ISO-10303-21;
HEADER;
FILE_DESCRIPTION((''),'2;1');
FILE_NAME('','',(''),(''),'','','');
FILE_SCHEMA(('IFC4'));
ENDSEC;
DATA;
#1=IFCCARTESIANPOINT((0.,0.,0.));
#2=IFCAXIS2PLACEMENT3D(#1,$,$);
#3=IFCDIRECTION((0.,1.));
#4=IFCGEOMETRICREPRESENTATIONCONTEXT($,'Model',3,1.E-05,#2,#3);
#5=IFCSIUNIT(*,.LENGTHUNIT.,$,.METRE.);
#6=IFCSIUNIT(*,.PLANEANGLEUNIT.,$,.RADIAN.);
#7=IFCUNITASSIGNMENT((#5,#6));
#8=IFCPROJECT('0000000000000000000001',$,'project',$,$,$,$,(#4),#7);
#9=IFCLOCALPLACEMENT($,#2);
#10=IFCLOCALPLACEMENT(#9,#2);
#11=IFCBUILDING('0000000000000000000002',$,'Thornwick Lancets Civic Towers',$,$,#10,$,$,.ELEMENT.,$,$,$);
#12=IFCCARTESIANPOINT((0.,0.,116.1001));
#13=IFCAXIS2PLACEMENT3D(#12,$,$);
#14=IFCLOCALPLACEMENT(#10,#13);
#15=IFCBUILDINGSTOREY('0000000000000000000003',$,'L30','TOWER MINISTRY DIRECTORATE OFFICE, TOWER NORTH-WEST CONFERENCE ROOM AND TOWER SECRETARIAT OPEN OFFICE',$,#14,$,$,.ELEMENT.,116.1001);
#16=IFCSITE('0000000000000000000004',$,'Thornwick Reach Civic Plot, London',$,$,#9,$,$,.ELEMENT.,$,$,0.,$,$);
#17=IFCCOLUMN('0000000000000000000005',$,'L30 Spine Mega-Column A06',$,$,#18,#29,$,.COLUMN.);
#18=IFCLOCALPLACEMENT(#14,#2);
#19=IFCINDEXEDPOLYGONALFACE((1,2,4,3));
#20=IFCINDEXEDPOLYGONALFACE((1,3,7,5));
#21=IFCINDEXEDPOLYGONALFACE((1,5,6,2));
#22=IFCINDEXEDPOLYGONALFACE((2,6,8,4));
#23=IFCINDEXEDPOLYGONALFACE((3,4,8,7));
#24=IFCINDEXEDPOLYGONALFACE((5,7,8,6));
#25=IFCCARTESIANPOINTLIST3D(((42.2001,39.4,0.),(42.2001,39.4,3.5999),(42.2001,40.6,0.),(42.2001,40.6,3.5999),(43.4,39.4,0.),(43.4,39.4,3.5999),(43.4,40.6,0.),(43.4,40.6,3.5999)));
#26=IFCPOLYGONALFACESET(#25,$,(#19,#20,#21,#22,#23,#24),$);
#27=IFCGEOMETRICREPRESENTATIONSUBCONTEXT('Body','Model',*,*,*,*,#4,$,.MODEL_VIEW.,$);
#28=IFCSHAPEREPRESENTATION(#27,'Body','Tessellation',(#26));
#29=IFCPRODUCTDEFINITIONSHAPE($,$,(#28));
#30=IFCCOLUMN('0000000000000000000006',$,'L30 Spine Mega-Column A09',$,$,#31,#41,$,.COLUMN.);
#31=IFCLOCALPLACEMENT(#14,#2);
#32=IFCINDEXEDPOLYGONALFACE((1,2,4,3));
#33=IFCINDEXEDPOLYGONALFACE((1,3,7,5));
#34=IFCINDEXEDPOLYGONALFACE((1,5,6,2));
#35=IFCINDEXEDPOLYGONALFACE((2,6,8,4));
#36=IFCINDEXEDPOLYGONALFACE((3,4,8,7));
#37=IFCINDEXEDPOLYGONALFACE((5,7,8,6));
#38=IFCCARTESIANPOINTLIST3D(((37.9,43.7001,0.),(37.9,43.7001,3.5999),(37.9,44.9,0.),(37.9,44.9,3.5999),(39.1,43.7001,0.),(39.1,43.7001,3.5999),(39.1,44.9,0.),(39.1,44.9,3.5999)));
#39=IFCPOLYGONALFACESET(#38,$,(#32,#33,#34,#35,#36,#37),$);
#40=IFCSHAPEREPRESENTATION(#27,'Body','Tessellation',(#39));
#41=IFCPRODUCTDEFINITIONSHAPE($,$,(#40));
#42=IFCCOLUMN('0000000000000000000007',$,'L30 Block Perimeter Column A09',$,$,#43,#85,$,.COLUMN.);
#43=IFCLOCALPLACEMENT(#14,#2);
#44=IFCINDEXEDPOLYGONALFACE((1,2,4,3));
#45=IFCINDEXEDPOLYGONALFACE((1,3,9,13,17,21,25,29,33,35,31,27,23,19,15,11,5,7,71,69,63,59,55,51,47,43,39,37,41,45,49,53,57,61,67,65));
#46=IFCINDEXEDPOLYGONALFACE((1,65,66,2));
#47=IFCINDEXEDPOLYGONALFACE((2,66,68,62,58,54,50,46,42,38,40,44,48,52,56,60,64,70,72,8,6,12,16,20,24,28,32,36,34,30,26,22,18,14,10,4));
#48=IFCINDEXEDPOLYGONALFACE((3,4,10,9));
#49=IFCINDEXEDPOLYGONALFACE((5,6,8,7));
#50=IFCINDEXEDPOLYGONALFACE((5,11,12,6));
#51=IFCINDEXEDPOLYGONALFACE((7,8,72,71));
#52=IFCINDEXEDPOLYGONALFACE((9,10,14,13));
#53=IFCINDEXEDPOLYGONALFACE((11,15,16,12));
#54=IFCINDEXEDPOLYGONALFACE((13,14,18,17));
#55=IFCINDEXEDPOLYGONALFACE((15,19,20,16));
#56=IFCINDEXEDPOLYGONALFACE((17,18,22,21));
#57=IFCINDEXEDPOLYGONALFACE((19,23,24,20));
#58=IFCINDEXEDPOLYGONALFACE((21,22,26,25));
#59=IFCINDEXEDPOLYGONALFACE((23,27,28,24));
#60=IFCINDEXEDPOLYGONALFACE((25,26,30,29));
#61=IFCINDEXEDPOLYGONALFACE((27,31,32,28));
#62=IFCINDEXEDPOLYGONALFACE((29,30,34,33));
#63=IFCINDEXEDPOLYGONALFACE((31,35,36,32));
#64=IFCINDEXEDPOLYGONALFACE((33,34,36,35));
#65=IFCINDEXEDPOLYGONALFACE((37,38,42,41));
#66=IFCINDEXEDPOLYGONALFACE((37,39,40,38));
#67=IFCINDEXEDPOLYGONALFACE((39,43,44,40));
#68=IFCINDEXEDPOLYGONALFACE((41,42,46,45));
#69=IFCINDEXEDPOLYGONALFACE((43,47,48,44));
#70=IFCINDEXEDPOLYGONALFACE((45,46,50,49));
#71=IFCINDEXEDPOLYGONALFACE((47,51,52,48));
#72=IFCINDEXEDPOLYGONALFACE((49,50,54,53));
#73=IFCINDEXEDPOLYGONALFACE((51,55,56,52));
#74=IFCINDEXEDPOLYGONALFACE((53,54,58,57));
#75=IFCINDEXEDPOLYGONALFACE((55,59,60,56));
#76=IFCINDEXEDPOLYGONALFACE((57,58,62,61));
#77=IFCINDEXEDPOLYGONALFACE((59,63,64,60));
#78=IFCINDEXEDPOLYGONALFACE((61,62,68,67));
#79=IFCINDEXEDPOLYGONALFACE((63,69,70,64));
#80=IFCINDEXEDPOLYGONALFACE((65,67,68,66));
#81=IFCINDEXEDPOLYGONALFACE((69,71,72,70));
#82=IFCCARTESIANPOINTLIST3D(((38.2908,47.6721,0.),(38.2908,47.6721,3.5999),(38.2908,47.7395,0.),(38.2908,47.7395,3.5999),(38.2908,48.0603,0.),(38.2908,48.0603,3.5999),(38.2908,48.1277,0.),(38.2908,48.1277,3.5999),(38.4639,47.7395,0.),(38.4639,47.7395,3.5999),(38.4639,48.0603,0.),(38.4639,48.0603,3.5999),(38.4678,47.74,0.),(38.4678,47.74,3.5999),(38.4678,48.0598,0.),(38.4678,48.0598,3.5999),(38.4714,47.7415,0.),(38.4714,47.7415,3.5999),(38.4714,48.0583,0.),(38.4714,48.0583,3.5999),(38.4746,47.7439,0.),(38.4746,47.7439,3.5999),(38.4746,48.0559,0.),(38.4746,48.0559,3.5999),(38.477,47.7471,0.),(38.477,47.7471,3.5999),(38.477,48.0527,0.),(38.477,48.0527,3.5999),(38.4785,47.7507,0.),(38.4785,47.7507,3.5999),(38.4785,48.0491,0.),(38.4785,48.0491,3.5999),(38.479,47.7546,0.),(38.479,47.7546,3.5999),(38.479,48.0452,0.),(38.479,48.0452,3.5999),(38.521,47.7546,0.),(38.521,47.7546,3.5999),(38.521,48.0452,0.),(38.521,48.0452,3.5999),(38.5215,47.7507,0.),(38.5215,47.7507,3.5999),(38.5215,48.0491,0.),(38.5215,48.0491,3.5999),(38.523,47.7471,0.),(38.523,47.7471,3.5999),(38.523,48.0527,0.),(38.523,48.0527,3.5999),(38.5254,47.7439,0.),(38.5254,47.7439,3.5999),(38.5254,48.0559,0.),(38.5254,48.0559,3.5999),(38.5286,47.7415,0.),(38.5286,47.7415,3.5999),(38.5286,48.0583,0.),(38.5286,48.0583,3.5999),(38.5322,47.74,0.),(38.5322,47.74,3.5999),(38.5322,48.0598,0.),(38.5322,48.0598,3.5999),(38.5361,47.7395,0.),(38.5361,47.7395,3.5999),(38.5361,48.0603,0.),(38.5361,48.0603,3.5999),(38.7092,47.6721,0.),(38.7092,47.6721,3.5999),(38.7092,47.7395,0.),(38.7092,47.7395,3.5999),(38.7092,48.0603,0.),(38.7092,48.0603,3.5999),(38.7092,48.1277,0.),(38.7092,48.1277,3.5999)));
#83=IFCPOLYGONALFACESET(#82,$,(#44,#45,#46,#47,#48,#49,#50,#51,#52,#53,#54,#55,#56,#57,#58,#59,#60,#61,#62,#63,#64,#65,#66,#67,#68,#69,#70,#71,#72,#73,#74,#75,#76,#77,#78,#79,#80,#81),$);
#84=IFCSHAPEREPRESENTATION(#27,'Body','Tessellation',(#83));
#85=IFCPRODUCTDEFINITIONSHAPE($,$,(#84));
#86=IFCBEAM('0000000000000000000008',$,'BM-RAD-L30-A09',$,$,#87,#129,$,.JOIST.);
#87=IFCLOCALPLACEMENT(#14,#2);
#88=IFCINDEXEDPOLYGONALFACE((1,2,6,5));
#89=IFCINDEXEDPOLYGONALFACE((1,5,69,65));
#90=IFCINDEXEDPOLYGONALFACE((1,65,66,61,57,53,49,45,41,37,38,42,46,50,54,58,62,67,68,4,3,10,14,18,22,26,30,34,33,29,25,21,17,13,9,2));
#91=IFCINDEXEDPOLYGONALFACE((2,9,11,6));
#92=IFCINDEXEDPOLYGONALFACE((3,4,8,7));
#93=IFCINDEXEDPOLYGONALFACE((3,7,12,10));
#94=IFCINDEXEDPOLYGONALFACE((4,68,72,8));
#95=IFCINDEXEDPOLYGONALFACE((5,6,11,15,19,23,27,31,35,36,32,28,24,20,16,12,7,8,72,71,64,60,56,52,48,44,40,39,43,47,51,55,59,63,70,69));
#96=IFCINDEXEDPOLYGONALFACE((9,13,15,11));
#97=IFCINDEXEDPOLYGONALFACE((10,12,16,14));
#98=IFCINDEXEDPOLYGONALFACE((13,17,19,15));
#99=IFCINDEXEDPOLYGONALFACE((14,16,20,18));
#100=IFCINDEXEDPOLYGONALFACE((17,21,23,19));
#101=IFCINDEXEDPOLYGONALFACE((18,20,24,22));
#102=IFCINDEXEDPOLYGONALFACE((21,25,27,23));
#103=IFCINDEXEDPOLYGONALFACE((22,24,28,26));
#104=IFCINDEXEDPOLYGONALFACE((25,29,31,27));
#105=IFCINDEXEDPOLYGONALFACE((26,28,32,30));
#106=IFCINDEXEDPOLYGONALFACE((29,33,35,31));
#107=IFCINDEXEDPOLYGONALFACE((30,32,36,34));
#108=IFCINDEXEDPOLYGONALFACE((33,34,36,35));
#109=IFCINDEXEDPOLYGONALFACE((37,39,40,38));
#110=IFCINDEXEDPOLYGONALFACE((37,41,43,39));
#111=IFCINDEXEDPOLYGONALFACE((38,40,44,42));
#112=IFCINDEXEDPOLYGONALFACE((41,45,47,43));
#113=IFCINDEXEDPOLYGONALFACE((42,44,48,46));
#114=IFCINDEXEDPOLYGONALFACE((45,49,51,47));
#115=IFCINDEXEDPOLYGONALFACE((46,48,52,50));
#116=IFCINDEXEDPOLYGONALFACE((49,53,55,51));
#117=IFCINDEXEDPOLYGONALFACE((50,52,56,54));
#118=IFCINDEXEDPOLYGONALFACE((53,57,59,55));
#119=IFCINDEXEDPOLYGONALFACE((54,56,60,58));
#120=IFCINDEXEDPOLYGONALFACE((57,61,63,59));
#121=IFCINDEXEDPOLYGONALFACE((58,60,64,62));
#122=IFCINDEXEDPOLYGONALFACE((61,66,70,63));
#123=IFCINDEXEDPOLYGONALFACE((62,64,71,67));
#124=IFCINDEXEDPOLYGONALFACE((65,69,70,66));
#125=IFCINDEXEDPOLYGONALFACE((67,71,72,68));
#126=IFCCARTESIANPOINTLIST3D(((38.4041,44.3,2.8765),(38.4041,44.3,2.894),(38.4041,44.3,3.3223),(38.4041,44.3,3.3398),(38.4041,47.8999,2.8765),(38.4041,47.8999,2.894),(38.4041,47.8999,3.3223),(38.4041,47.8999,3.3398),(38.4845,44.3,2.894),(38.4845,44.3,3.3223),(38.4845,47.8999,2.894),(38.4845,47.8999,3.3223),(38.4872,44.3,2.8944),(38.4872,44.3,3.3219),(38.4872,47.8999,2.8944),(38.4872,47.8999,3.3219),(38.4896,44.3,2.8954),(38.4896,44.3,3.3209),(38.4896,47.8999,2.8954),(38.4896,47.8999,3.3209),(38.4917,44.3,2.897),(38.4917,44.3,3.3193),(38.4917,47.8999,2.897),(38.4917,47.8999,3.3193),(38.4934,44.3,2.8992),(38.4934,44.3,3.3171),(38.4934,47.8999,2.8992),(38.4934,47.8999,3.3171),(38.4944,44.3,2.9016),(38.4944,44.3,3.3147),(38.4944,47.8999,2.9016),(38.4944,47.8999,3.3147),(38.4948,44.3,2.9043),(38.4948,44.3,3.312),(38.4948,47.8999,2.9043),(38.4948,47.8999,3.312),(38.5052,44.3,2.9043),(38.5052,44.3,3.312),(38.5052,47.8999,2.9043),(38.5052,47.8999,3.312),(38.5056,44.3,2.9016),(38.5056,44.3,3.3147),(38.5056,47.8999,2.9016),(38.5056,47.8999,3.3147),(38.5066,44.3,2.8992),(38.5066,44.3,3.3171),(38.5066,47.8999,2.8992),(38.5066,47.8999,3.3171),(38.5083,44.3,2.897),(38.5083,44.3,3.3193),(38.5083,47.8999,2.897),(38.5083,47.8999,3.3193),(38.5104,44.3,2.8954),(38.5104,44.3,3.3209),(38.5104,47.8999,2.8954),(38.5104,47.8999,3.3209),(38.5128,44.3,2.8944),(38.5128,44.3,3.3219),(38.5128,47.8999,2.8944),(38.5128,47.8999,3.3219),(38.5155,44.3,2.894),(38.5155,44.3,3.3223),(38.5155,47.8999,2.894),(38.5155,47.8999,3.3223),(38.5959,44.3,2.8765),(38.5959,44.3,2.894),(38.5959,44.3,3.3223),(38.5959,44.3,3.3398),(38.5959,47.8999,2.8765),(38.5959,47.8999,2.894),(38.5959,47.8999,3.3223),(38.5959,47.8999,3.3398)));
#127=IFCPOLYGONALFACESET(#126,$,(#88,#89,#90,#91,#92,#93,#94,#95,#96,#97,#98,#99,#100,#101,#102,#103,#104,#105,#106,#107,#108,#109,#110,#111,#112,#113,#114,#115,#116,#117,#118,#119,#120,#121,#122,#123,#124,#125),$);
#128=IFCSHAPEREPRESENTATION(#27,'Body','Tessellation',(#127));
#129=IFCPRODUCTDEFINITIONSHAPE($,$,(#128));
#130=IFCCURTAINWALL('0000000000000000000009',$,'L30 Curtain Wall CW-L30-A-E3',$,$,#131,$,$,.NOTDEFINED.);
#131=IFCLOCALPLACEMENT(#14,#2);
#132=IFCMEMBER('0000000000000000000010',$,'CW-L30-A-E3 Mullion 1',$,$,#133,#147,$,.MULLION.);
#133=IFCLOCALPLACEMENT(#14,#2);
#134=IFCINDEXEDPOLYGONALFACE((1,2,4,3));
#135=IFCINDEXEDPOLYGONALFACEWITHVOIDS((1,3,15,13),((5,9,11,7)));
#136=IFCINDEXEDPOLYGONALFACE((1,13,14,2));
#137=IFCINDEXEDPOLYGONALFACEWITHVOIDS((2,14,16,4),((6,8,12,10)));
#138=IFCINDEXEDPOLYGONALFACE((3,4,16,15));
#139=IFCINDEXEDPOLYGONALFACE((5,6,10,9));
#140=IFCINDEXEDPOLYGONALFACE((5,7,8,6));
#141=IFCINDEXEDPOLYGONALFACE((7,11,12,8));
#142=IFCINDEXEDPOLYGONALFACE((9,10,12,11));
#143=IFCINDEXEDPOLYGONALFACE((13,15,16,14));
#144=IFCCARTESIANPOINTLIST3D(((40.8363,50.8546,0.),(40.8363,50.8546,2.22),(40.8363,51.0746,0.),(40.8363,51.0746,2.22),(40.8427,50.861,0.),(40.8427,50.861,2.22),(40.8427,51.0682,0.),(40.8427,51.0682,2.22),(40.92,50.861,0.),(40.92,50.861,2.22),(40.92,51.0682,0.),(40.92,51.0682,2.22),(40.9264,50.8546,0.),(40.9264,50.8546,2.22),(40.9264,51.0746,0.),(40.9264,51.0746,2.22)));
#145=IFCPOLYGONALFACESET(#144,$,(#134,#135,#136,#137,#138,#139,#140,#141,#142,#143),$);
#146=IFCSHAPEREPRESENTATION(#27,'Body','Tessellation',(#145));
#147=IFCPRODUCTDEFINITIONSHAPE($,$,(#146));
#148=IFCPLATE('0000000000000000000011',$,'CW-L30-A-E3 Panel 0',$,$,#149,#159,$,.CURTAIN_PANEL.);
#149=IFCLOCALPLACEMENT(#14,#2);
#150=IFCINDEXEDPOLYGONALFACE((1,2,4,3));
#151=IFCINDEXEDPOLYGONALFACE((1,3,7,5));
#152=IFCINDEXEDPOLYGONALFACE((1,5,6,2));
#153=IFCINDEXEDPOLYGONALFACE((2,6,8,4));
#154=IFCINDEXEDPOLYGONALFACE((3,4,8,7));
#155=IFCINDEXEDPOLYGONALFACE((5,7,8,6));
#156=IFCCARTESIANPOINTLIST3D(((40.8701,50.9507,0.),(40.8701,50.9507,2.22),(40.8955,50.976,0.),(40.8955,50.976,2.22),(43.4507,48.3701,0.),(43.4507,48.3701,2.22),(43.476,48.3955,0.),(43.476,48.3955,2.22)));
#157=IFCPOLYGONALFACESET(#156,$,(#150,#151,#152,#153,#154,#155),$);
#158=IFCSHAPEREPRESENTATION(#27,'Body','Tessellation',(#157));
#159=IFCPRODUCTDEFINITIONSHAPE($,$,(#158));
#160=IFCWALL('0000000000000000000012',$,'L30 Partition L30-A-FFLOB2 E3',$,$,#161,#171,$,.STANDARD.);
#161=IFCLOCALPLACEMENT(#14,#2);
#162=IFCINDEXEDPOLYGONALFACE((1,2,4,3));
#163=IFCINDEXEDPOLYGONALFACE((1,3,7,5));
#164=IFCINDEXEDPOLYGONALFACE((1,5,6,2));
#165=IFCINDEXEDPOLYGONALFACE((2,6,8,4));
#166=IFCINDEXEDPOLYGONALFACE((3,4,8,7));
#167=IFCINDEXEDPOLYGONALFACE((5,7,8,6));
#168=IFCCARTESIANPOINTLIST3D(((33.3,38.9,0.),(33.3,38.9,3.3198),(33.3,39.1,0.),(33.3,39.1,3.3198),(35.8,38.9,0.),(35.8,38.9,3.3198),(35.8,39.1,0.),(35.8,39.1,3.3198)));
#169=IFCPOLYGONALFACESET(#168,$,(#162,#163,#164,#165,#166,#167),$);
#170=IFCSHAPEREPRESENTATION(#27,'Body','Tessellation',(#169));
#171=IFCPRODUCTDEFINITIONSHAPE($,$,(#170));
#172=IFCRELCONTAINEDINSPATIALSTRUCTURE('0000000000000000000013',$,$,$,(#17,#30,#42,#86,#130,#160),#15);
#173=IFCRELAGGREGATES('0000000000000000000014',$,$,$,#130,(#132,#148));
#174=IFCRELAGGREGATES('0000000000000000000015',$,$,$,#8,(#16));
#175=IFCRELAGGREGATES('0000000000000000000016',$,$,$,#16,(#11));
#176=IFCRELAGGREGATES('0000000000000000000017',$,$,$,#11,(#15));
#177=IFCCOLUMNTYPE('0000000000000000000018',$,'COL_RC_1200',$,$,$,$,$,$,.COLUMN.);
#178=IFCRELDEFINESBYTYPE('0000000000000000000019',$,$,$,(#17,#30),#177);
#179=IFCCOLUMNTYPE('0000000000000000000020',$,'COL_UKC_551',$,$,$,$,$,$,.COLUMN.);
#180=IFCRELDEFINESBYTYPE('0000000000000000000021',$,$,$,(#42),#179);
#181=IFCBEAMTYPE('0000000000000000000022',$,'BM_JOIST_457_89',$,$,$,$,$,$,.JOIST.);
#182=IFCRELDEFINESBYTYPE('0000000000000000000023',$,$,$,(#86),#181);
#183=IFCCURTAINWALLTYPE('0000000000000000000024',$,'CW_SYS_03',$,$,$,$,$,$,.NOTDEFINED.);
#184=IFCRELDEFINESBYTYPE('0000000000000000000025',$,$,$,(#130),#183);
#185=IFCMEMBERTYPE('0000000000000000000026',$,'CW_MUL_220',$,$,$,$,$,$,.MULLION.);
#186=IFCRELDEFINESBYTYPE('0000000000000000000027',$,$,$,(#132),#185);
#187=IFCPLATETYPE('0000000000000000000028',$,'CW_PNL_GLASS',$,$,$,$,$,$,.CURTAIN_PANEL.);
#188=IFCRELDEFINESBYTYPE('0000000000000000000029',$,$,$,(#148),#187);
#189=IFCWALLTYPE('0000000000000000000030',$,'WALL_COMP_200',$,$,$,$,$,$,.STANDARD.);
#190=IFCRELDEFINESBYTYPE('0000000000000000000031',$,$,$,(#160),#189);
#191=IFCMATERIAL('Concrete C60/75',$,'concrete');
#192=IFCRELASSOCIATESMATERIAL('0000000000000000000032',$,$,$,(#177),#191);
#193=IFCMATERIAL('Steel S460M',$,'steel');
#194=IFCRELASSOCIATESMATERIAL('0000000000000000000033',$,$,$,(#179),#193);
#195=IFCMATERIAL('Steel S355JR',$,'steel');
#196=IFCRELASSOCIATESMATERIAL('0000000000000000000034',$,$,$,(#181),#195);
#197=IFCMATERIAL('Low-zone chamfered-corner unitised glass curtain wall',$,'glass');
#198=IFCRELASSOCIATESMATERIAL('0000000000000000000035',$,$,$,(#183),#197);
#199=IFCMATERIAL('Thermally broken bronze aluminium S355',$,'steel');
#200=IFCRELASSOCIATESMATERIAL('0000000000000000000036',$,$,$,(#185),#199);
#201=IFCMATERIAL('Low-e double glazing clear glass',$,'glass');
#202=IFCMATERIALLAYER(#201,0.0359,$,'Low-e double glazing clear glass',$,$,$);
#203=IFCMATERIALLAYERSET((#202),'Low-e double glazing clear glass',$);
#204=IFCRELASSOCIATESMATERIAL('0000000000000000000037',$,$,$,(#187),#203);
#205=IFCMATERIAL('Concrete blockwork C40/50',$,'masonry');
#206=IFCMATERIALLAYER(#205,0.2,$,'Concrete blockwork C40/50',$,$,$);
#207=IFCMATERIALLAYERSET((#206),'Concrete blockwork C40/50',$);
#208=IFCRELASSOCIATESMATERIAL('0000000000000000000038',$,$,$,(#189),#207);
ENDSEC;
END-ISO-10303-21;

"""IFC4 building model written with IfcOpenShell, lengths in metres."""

from ifc_helpers import new_model, si_unit, direction, frame, frame_2d, origin, origin_2d, place, context, subcontext, project, spatial, rectangle, hollow_rectangle, i_section, extrude, material, layer, layer_set, material_profile, profile_set, type_object, element, aggregate, save


model = new_model("IFC4")

# Units and contexts
model_context = context("Model", 3, precision=1e-05, world=origin(), true_north=direction((0.0, 1.0)))
body_context = subcontext(model_context, "Body", "Model", "MODEL_VIEW")
ifc_project = project(units=[si_unit("LENGTHUNIT", "METRE"), si_unit("PLANEANGLEUNIT", "RADIAN")], contexts=[model_context])

# Site, building, storey
site_placement = place(None, origin())
site = spatial("IfcSite", under=ifc_project, at=site_placement, Name="Thornwick Reach Civic Plot, London", CompositionType="ELEMENT", RefElevation=0.0)
building_placement = place(site_placement, origin())
building = spatial("IfcBuilding", under=site, at=building_placement, Name="Thornwick Lancets Civic Towers", CompositionType="ELEMENT")
storey_placement = place(building_placement, frame((0.0, 0.0, 116.1001)))
storey = spatial("IfcBuildingStorey", under=building, at=storey_placement, Name="L30", Description="TOWER MINISTRY DIRECTORATE OFFICE, TOWER NORTH-WEST CONFERENCE ROOM AND TOWER SECRETARIAT OPEN OFFICE", CompositionType="ELEMENT", Elevation=116.1001)

# Columns
ifc_material_1 = material(Name="Concrete C60/75", Category="concrete")
ifc_material_profile_1 = material_profile(ifc_material_1, rectangle(XDim=1.2, YDim=1.2, at=origin_2d()), Name="RC 1200x1200")
ifc_profile_set_1 = profile_set([ifc_material_profile_1], Name="Concrete C60/75")
column_type_1 = type_object("IfcColumnType", Name="COL_RC_1200", PredefinedType="COLUMN", material=ifc_profile_set_1)
for number, where, z_axis, x_axis, name in (
    (1, (42.8, 40.0, 0.0), (0.0, 0.0, 1.0), (1.0, 0.0, 0.0), "L30 Spine Mega-Column A06"),
    (2, (38.5, 44.3, 0.0), (0.0, 0.0, 1.0), (1.0, 0.0, 0.0), "L30 Spine Mega-Column A09"),
):
    element("IfcColumn", number, at=place(storey_placement, frame(where, z_axis=z_axis, x_axis=x_axis)), inside=storey, type_object=column_type_1, Name=name, PredefinedType="COLUMN", context=body_context, shape_type="SweptSolid", body=[
        extrude(rectangle(XDim=1.2, YDim=1.2, at=origin_2d()), origin(), (0.0, 0.0, 1.0), 3.5999),
    ])
ifc_material_2 = material(Name="Steel S460M", Category="steel")
ifc_material_profile_2 = material_profile(ifc_material_2, i_section(OverallWidth=0.4185, OverallDepth=0.4556, WebThickness=0.042, FlangeThickness=0.0674, FilletRadius=0.0151, at=origin_2d()), Name="UKC 356x406x551")
ifc_profile_set_2 = profile_set([ifc_material_profile_2], Name="Steel S460M")
column_type_2 = type_object("IfcColumnType", Name="COL_UKC_551", PredefinedType="COLUMN", material=ifc_profile_set_2)
column_placement = place(storey_placement, frame((38.5, 47.8999, 0.0), z_axis=(0.0, 0.0, 1.0), x_axis=(1.0, 0.0, 0.0)))
element("IfcColumn", 3, at=column_placement, inside=storey, type_object=column_type_2, Name="L30 Block Perimeter Column A09", PredefinedType="COLUMN", context=body_context, shape_type="SweptSolid", body=[
    extrude(i_section(OverallWidth=0.4185, OverallDepth=0.4556, WebThickness=0.042, FlangeThickness=0.0674, FilletRadius=0.0151, at=origin_2d()), origin(), (0.0, 0.0, 1.0), 3.5999),
])

# Beam
ifc_material_3 = material(Name="Steel S355JR", Category="steel")
ifc_material_profile_3 = material_profile(ifc_material_3, i_section(OverallWidth=0.1919, OverallDepth=0.4634, WebThickness=0.0105, FlangeThickness=0.0176, FilletRadius=0.0103, at=origin_2d()), Name="UKB 457x191x89")
ifc_profile_set_3 = profile_set([ifc_material_profile_3], Name="Steel S355JR")
beam_type = type_object("IfcBeamType", Name="BM_JOIST_457_89", PredefinedType="JOIST", material=ifc_profile_set_3)
beam_placement = place(storey_placement, frame((38.5, 44.3, 3.1082), z_axis=(0.0, 1.0, 0.0), x_axis=(-1.0, 0.0, 0.0)))
element("IfcBeam", 4, at=beam_placement, inside=storey, type_object=beam_type, Name="BM-RAD-L30-A09", PredefinedType="JOIST", context=body_context, shape_type="SweptSolid", body=[
    extrude(i_section(OverallWidth=0.1919, OverallDepth=0.4634, WebThickness=0.0105, FlangeThickness=0.0176, FilletRadius=0.0103, at=origin_2d()), origin(), (0.0, 0.0, 1.0), 3.5999),
])

# Curtain wall, member, plate
ifc_material_4 = material(Name="Low-zone chamfered-corner unitised glass curtain wall", Category="glass")
curtain_wall_type = type_object("IfcCurtainWallType", Name="CW_SYS_03", PredefinedType="NOTDEFINED", material=ifc_material_4)
curtain_wall_placement = place(storey_placement, origin())
curtain_wall = element("IfcCurtainWall", 5, at=curtain_wall_placement, inside=storey, type_object=curtain_wall_type, Name="L30 Curtain Wall CW-L30-A-E3", PredefinedType="NOTDEFINED")
ifc_material_5 = material(Name="Thermally broken bronze aluminium S355", Category="steel")
ifc_material_profile_4 = material_profile(ifc_material_5, hollow_rectangle(XDim=0.0901, YDim=0.22, WallThickness=0.0063, at=origin_2d()), Name="RHS 220x90x6.3")
ifc_profile_set_4 = profile_set([ifc_material_profile_4], Name="Thermally broken bronze aluminium S355")
member_type = type_object("IfcMemberType", Name="CW_MUL_220", PredefinedType="MULLION", material=ifc_profile_set_4)
member_placement = place(storey_placement, frame((40.8813, 50.9646, 0.0), z_axis=(0.0, 0.0, 1.0), x_axis=(1.0, 0.0, 0.0)))
member = element("IfcMember", 6, at=member_placement, type_object=member_type, Name="CW-L30-A-E3 Mullion 1", PredefinedType="MULLION", context=body_context, shape_type="SweptSolid", body=[
    extrude(hollow_rectangle(XDim=0.0901, YDim=0.22, WallThickness=0.0063, at=origin_2d()), origin(), (0.0, 0.0, 1.0), 2.22),
])
ifc_material_6 = material(Name="Low-e double glazing clear glass", Category="glass")
ifc_layer_1 = layer(ifc_material_6, 0.0359, Name="Low-e double glazing clear glass")
ifc_layer_set_1 = layer_set([ifc_layer_1], Name="Low-e double glazing clear glass")
plate_type = type_object("IfcPlateType", Name="CW_PNL_GLASS", PredefinedType="CURTAIN_PANEL", material=ifc_layer_set_1)
plate_placement = place(storey_placement, frame((42.1731, 49.6731, 0.0), z_axis=(0.0, 0.0, 1.0), x_axis=(-0.707107, 0.707107, 0.0)))
plate = element("IfcPlate", 7, at=plate_placement, type_object=plate_type, Name="CW-L30-A-E3 Panel 0", PredefinedType="CURTAIN_PANEL", context=body_context, shape_type="SweptSolid", body=[
    extrude(rectangle(XDim=3.6494, YDim=0.0359, at=origin_2d()), origin(), (0.0, 0.0, 1.0), 2.22),
])
aggregate(curtain_wall, [member, plate])

# Wall
ifc_material_7 = material(Name="Concrete blockwork C40/50", Category="masonry")
ifc_layer_2 = layer(ifc_material_7, 0.2, Name="Concrete blockwork C40/50")
ifc_layer_set_2 = layer_set([ifc_layer_2], Name="Concrete blockwork C40/50")
wall_type_1 = type_object("IfcWallType", Name="WALL_COMP_200", PredefinedType="STANDARD", material=ifc_layer_set_2)
wall_1_placement = place(storey_placement, frame((35.8, 39.0, 0.0), z_axis=(0.0, 0.0, 1.0), x_axis=(-1.0, 0.0, 0.0)))
element("IfcWall", 8, at=wall_1_placement, inside=storey, type_object=wall_type_1, Name="L30 Partition L30-A-FFLOB2 E3", PredefinedType="STANDARD", context=body_context, shape_type="SweptSolid", body=[
    extrude(rectangle(XDim=2.5, YDim=0.2, at=frame_2d((1.25, 0.0))), origin(), (0.0, 0.0, 1.0), 3.3198),
])

save(model, "model.ifc")
